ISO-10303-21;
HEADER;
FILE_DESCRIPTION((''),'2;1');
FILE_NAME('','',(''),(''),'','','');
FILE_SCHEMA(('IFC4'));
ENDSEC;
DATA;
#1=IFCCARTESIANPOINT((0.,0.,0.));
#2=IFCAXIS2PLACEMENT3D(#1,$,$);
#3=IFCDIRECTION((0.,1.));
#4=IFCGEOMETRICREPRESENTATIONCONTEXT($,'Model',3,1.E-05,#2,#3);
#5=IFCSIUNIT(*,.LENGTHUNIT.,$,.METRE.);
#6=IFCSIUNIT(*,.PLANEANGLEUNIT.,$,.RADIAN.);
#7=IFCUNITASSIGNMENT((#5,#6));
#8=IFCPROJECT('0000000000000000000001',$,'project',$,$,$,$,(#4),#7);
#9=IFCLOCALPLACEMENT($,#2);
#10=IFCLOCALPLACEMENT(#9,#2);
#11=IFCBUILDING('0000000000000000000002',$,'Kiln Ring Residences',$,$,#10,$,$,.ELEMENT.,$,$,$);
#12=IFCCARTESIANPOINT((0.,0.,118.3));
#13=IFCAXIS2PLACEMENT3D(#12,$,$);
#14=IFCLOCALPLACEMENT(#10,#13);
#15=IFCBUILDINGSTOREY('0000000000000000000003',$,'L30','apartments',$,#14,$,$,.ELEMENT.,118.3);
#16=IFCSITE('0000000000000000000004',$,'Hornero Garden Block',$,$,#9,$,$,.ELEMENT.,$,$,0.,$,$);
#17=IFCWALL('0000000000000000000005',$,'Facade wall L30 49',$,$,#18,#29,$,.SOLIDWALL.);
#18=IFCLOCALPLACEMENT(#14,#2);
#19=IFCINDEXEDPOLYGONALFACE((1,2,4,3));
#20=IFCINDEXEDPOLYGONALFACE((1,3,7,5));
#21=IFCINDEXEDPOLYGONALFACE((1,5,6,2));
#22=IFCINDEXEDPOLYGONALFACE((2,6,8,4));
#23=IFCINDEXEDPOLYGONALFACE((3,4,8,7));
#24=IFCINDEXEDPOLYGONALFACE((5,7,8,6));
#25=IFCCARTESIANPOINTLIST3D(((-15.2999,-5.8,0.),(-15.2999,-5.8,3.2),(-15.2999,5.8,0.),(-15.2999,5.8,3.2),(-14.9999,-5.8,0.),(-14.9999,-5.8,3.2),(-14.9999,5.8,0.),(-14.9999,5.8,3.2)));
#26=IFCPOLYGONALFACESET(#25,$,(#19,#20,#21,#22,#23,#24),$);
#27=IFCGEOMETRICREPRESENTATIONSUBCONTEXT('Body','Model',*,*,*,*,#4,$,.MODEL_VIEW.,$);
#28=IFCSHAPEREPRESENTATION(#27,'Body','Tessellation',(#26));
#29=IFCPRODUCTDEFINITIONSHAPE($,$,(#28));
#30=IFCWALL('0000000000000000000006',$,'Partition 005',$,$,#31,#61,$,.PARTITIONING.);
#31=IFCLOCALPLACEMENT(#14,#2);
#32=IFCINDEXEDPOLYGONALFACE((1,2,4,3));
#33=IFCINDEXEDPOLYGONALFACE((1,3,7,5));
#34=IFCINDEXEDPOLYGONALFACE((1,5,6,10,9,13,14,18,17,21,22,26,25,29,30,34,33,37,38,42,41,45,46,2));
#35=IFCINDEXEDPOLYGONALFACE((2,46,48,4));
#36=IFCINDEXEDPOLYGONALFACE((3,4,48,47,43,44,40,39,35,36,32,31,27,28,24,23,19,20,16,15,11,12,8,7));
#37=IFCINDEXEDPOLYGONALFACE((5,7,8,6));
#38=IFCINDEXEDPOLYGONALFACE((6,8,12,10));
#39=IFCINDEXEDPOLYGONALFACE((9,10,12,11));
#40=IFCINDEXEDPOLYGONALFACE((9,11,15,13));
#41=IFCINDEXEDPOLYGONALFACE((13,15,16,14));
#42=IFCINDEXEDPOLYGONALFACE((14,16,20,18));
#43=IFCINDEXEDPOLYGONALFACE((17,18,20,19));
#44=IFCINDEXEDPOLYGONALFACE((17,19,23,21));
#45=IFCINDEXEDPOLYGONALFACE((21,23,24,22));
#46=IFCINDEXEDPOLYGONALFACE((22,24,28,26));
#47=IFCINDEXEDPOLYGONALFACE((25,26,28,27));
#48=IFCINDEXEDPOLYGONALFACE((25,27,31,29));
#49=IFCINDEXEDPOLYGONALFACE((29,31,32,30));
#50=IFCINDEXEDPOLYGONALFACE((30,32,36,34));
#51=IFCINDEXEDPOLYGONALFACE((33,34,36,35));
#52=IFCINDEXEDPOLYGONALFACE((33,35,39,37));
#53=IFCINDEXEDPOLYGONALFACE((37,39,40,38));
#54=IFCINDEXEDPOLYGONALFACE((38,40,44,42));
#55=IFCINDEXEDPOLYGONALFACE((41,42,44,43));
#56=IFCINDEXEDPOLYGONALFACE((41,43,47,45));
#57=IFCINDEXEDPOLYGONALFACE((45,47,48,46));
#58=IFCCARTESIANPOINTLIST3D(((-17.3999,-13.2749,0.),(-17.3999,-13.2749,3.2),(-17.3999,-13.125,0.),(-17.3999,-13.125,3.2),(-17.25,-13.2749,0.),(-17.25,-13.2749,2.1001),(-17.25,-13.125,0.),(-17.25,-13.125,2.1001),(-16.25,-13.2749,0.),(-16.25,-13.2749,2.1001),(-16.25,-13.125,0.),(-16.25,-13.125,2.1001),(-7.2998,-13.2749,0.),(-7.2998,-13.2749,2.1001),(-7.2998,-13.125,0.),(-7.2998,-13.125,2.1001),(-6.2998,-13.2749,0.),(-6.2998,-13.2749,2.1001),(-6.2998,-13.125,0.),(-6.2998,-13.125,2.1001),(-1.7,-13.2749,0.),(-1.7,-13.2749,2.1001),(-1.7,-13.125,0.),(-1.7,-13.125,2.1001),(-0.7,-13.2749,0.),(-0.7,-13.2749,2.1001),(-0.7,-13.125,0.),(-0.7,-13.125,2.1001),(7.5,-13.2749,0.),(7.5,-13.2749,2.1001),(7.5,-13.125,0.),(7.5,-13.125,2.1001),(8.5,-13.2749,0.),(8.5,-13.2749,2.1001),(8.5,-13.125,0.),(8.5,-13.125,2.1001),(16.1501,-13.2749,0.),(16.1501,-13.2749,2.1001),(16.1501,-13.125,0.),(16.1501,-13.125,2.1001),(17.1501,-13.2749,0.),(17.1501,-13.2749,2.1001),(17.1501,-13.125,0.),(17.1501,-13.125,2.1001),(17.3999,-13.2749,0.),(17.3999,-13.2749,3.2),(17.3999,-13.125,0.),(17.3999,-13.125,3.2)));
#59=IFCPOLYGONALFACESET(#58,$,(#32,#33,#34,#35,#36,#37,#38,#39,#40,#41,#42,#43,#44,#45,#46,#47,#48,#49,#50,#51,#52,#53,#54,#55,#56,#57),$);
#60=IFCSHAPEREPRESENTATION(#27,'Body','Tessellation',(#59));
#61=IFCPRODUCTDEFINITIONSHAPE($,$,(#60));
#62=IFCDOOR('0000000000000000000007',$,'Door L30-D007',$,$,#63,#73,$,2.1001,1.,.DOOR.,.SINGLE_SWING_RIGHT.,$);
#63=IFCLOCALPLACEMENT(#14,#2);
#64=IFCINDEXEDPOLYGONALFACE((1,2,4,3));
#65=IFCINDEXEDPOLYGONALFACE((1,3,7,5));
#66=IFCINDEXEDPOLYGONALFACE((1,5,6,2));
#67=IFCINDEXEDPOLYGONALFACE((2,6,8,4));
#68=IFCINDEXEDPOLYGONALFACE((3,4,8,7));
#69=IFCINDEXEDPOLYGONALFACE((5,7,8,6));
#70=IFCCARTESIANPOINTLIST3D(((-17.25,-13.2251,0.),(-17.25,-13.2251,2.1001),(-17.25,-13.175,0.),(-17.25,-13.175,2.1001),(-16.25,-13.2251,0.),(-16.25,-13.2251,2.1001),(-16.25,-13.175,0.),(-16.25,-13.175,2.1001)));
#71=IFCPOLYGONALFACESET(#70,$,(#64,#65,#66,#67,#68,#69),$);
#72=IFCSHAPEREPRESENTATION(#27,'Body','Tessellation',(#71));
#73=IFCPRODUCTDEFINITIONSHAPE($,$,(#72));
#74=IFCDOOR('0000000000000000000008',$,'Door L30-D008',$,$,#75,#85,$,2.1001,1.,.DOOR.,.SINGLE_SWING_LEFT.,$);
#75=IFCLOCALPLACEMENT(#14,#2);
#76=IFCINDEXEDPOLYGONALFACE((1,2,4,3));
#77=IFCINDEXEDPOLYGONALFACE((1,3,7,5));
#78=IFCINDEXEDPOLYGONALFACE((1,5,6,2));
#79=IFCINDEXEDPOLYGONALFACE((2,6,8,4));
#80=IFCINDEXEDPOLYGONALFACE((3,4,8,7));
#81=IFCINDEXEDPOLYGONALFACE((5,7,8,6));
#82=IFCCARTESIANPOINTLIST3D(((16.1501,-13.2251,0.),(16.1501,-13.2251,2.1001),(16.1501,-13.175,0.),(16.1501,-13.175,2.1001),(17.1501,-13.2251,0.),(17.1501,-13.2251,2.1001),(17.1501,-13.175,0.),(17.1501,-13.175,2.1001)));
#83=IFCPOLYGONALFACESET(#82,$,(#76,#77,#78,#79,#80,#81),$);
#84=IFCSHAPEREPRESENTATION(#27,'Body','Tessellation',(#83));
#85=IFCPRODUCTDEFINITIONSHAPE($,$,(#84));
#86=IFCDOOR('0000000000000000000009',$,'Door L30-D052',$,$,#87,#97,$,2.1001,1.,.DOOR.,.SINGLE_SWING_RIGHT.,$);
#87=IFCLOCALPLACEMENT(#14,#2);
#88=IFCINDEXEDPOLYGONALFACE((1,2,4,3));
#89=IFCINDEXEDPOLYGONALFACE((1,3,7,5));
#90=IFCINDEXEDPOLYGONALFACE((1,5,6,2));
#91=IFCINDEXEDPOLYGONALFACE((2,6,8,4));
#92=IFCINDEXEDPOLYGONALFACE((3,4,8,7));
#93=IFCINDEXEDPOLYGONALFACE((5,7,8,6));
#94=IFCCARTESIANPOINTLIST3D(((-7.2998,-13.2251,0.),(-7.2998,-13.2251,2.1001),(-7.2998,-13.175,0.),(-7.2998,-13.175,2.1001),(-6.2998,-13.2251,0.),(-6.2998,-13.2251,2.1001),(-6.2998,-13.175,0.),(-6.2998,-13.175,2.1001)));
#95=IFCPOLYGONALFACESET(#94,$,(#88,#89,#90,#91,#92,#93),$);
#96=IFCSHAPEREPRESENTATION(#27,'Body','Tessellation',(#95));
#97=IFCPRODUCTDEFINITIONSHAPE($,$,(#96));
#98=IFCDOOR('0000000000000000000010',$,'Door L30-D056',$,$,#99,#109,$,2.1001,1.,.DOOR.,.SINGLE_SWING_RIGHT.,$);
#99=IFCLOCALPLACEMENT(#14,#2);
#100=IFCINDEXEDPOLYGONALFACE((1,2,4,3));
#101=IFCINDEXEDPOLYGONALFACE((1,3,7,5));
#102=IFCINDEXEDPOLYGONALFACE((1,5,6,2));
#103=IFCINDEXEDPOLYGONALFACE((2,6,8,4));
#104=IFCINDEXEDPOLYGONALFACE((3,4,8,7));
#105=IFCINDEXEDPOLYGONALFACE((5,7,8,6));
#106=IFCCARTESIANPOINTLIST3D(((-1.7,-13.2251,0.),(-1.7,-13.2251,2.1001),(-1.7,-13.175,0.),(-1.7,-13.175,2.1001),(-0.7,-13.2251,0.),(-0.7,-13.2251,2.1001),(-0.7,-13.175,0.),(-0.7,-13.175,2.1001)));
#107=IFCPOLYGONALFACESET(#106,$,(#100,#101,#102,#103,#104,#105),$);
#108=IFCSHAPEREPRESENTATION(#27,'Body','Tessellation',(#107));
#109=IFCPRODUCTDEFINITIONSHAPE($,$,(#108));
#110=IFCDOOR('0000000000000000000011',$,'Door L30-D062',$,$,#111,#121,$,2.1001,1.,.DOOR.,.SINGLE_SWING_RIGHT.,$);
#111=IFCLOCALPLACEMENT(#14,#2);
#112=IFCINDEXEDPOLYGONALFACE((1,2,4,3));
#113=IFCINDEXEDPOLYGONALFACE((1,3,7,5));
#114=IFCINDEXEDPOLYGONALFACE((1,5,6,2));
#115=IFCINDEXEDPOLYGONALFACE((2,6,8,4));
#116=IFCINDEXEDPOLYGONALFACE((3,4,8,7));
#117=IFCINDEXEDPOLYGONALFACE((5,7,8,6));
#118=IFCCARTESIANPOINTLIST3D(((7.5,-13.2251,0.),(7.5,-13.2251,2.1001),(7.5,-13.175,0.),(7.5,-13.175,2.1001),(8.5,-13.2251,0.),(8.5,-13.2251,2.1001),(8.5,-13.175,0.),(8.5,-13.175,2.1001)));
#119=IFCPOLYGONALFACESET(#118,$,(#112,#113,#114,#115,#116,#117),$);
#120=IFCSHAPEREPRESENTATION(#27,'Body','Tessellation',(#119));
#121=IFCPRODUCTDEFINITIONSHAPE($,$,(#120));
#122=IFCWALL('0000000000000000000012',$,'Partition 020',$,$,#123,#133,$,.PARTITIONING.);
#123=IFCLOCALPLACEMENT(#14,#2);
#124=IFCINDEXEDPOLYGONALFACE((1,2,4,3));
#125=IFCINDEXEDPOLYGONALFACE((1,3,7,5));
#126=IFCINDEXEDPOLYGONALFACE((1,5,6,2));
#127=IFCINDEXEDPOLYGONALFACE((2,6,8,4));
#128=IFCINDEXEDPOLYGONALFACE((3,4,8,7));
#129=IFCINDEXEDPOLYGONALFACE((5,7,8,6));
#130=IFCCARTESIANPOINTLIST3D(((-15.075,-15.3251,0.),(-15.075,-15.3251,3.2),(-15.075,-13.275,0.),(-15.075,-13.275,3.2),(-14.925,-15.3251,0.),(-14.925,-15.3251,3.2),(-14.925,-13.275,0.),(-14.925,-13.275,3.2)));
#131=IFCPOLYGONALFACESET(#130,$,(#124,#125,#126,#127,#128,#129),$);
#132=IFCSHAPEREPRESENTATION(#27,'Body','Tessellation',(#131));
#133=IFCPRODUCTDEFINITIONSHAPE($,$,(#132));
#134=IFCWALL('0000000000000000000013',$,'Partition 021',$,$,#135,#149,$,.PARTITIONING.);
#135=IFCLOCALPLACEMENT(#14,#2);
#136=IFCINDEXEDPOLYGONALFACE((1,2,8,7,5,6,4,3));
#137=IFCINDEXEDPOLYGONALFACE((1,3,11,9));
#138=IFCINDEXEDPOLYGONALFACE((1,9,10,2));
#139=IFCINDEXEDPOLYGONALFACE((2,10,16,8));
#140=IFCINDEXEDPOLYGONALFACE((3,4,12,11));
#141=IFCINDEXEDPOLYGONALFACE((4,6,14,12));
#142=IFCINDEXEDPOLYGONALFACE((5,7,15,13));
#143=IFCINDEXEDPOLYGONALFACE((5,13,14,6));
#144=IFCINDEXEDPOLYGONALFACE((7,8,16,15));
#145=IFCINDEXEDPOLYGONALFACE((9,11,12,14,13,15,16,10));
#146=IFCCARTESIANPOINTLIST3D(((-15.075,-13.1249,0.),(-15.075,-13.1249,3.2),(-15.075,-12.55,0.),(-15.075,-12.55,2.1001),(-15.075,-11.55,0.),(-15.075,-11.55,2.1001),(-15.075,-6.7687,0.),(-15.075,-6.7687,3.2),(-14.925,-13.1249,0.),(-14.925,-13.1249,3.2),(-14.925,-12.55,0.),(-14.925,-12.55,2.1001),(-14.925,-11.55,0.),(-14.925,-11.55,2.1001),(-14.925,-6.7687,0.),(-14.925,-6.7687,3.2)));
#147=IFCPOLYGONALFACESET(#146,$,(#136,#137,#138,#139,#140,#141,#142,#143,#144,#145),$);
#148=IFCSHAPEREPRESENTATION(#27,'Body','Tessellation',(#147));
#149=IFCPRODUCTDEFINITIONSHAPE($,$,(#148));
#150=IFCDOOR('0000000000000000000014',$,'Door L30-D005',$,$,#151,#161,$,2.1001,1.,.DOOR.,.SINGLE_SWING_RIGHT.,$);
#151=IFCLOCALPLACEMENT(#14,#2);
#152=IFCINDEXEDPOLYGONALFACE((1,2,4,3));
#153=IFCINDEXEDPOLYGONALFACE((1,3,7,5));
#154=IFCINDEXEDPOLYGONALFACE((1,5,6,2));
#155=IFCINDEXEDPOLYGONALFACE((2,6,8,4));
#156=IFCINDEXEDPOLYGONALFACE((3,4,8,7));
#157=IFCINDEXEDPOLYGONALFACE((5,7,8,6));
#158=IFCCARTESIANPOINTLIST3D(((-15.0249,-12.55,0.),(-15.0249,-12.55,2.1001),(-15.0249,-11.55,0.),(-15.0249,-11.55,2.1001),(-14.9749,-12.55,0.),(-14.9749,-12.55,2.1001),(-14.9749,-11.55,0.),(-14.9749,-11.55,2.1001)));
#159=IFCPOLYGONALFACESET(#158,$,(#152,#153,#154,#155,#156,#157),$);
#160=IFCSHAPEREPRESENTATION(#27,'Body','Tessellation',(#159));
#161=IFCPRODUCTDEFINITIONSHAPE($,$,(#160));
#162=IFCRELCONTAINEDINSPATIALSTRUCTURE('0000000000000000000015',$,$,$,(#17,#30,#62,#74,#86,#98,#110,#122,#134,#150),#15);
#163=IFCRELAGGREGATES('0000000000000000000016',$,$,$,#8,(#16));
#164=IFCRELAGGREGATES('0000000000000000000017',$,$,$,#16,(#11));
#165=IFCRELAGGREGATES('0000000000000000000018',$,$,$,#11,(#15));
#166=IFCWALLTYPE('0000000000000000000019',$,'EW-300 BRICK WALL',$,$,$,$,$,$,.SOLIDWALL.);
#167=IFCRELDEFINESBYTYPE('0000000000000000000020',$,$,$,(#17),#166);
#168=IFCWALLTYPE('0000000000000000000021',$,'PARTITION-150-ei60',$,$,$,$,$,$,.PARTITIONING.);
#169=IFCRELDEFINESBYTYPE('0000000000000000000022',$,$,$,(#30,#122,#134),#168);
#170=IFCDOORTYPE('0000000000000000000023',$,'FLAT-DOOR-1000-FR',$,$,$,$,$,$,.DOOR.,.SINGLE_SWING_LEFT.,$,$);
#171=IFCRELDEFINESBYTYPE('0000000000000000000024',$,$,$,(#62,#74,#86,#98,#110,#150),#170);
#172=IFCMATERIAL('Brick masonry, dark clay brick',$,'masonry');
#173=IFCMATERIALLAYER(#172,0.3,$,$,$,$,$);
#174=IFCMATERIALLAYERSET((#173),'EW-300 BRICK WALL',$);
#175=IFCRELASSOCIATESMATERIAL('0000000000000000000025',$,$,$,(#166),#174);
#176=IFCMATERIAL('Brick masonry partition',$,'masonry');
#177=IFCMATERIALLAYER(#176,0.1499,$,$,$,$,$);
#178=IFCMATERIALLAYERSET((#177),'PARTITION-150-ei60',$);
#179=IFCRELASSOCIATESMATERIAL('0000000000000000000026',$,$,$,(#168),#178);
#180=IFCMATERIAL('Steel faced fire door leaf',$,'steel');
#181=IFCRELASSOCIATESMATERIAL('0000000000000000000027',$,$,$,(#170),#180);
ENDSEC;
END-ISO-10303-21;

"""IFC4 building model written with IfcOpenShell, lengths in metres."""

from ifc_helpers import new_model, si_unit, direction, frame, frame_2d, origin, place, context, subcontext, project, spatial, rectangle, extrude, material, layer, layer_set, type_object, element, fill, save


model = new_model("IFC4")

# Units and contexts
model_context = context("Model", 3, precision=1e-05, world=origin(), true_north=direction((0.0, 1.0)))
body_context = subcontext(model_context, "Body", "Model", "MODEL_VIEW")
ifc_project = project(units=[si_unit("LENGTHUNIT", "METRE"), si_unit("PLANEANGLEUNIT", "RADIAN")], contexts=[model_context])

# Site, building, storey
site_placement = place(None, origin())
site = spatial("IfcSite", under=ifc_project, at=site_placement, Name="Hornero Garden Block", CompositionType="ELEMENT", RefElevation=0.0)
building_placement = place(site_placement, origin())
building = spatial("IfcBuilding", under=site, at=building_placement, Name="Kiln Ring Residences", CompositionType="ELEMENT")
storey_placement = place(building_placement, frame((0.0, 0.0, 118.3)))
storey = spatial("IfcBuildingStorey", under=building, at=storey_placement, Name="L30", Description="apartments", CompositionType="ELEMENT", Elevation=118.3)

# Wall
ifc_material_1 = material(Name="Brick masonry, dark clay brick", Category="masonry")
ifc_layer_1 = layer(ifc_material_1, 0.3)
ifc_layer_set_1 = layer_set([ifc_layer_1], Name="EW-300 BRICK WALL")
wall_type_1 = type_object("IfcWallType", Name="EW-300 BRICK WALL", PredefinedType="SOLIDWALL", material=ifc_layer_set_1)
wall_1_placement = place(storey_placement, frame((-15.1499, -5.8, 0.0), z_axis=(0.0, 0.0, 1.0), x_axis=(0.0, 1.0, 0.0)))
element("IfcWall", 1, at=wall_1_placement, inside=storey, type_object=wall_type_1, Name="Facade wall L30 49", PredefinedType="SOLIDWALL", context=body_context, shape_type="SweptSolid", body=[
    extrude(rectangle(XDim=11.6001, YDim=0.3, at=frame_2d((5.8, 0.0))), origin(), (0.0, 0.0, 1.0), 3.2),
])

# Wall, openings, doors
ifc_material_2 = material(Name="Brick masonry partition", Category="masonry")
ifc_layer_2 = layer(ifc_material_2, 0.1499)
ifc_layer_set_2 = layer_set([ifc_layer_2], Name="PARTITION-150-ei60")
wall_type_2 = type_object("IfcWallType", Name="PARTITION-150-ei60", PredefinedType="PARTITIONING", material=ifc_layer_set_2)
wall_2_placement = place(storey_placement, frame((-17.3999, -13.2, 0.0), z_axis=(0.0, 0.0, 1.0), x_axis=(1.0, 0.0, 0.0)))
wall_2 = element("IfcWall", 2, at=wall_2_placement, inside=storey, type_object=wall_type_2, Name="Partition 005", PredefinedType="PARTITIONING", context=body_context, shape_type="SweptSolid", body=[
    extrude(rectangle(XDim=34.7998, YDim=0.1499, at=frame_2d((17.3999, 0.0))), origin(), (0.0, 0.0, 1.0), 3.2),
])
opening_1_placement = place(wall_2_placement, frame((0.1499, 0.0, 0.0)))
opening_1 = element("IfcOpeningElement", 3, at=opening_1_placement, cuts=wall_2, PredefinedType="OPENING", context=body_context, shape_type="SweptSolid", body=[
    extrude(rectangle(XDim=1.0, YDim=2.1001, at=frame_2d((0.5, 1.05))), frame((0.0, 0.085, 0.0), z_axis=(0.0, -1.0, 0.0), x_axis=(1.0, 0.0, 0.0)), (0.0, 0.0, 1.0), 0.1699),
])
opening_2_placement = place(wall_2_placement, frame((33.55, 0.0, 0.0)))
opening_2 = element("IfcOpeningElement", 4, at=opening_2_placement, cuts=wall_2, PredefinedType="OPENING", context=body_context, shape_type="SweptSolid", body=[
    extrude(rectangle(XDim=1.0, YDim=2.1001, at=frame_2d((0.5, 1.05))), frame((0.0, 0.085, 0.0), z_axis=(0.0, -1.0, 0.0), x_axis=(1.0, 0.0, 0.0)), (0.0, 0.0, 1.0), 0.1699),
])
opening_3_placement = place(wall_2_placement, frame((10.1001, 0.0, 0.0)))
opening_3 = element("IfcOpeningElement", 5, at=opening_3_placement, cuts=wall_2, PredefinedType="OPENING", context=body_context, shape_type="SweptSolid", body=[
    extrude(rectangle(XDim=1.0, YDim=2.1001, at=frame_2d((0.5, 1.05))), frame((0.0, 0.085, 0.0), z_axis=(0.0, -1.0, 0.0), x_axis=(1.0, 0.0, 0.0)), (0.0, 0.0, 1.0), 0.1699),
])
opening_4_placement = place(wall_2_placement, frame((15.7, 0.0, 0.0)))
opening_4 = element("IfcOpeningElement", 6, at=opening_4_placement, cuts=wall_2, PredefinedType="OPENING", context=body_context, shape_type="SweptSolid", body=[
    extrude(rectangle(XDim=1.0, YDim=2.1001, at=frame_2d((0.5, 1.05))), frame((0.0, 0.085, 0.0), z_axis=(0.0, -1.0, 0.0), x_axis=(1.0, 0.0, 0.0)), (0.0, 0.0, 1.0), 0.1699),
])
opening_5_placement = place(wall_2_placement, frame((24.8999, 0.0, 0.0)))
opening_5 = element("IfcOpeningElement", 7, at=opening_5_placement, cuts=wall_2, PredefinedType="OPENING", context=body_context, shape_type="SweptSolid", body=[
    extrude(rectangle(XDim=1.0, YDim=2.1001, at=frame_2d((0.5, 1.05))), frame((0.0, 0.085, 0.0), z_axis=(0.0, -1.0, 0.0), x_axis=(1.0, 0.0, 0.0)), (0.0, 0.0, 1.0), 0.1699),
])
ifc_material_3 = material(Name="Steel faced fire door leaf", Category="steel")
door_type_1 = type_object("IfcDoorType", Name="FLAT-DOOR-1000-FR", OperationType="SINGLE_SWING_LEFT", PredefinedType="DOOR", material=ifc_material_3)
door_1_placement = place(opening_1_placement, origin())
door_1 = element("IfcDoor", 8, at=door_1_placement, inside=storey, type_object=door_type_1, Name="Door L30-D007", OperationType="SINGLE_SWING_RIGHT", OverallHeight=2.1001, OverallWidth=1.0, PredefinedType="DOOR", context=body_context, shape_type="SweptSolid", body=[
    extrude(rectangle(XDim=1.0, YDim=2.1001, at=frame_2d((0.5, 1.05))), frame((0.0, 0.0249, 0.0), z_axis=(0.0, -1.0, 0.0), x_axis=(1.0, 0.0, 0.0)), (0.0, 0.0, 1.0), 0.05),
])
fill(opening_1, door_1)
door_2_placement = place(opening_2_placement, origin())
door_2 = element("IfcDoor", 9, at=door_2_placement, inside=storey, type_object=door_type_1, Name="Door L30-D008", OperationType="SINGLE_SWING_LEFT", OverallHeight=2.1001, OverallWidth=1.0, PredefinedType="DOOR", context=body_context, shape_type="SweptSolid", body=[
    extrude(rectangle(XDim=1.0, YDim=2.1001, at=frame_2d((0.5, 1.05))), frame((0.0, 0.0249, 0.0), z_axis=(0.0, -1.0, 0.0), x_axis=(1.0, 0.0, 0.0)), (0.0, 0.0, 1.0), 0.05),
])
fill(opening_2, door_2)
door_3_placement = place(opening_3_placement, origin())
door_3 = element("IfcDoor", 10, at=door_3_placement, inside=storey, type_object=door_type_1, Name="Door L30-D052", OperationType="SINGLE_SWING_RIGHT", OverallHeight=2.1001, OverallWidth=1.0, PredefinedType="DOOR", context=body_context, shape_type="SweptSolid", body=[
    extrude(rectangle(XDim=1.0, YDim=2.1001, at=frame_2d((0.5, 1.05))), frame((0.0, 0.0249, 0.0), z_axis=(0.0, -1.0, 0.0), x_axis=(1.0, 0.0, 0.0)), (0.0, 0.0, 1.0), 0.05),
])
fill(opening_3, door_3)
door_4_placement = place(opening_4_placement, origin())
door_4 = element("IfcDoor", 11, at=door_4_placement, inside=storey, type_object=door_type_1, Name="Door L30-D056", OperationType="SINGLE_SWING_RIGHT", OverallHeight=2.1001, OverallWidth=1.0, PredefinedType="DOOR", context=body_context, shape_type="SweptSolid", body=[
    extrude(rectangle(XDim=1.0, YDim=2.1001, at=frame_2d((0.5, 1.05))), frame((0.0, 0.0249, 0.0), z_axis=(0.0, -1.0, 0.0), x_axis=(1.0, 0.0, 0.0)), (0.0, 0.0, 1.0), 0.05),
])
fill(opening_4, door_4)
door_5_placement = place(opening_5_placement, origin())
door_5 = element("IfcDoor", 12, at=door_5_placement, inside=storey, type_object=door_type_1, Name="Door L30-D062", OperationType="SINGLE_SWING_RIGHT", OverallHeight=2.1001, OverallWidth=1.0, PredefinedType="DOOR", context=body_context, shape_type="SweptSolid", body=[
    extrude(rectangle(XDim=1.0, YDim=2.1001, at=frame_2d((0.5, 1.05))), frame((0.0, 0.0249, 0.0), z_axis=(0.0, -1.0, 0.0), x_axis=(1.0, 0.0, 0.0)), (0.0, 0.0, 1.0), 0.05),
])
fill(opening_5, door_5)

# Wall
wall_3_placement = place(storey_placement, frame((-15.0, -15.325, 0.0), z_axis=(0.0, 0.0, 1.0), x_axis=(0.0, 1.0, 0.0)))
element("IfcWall", 13, at=wall_3_placement, inside=storey, type_object=wall_type_2, Name="Partition 020", PredefinedType="PARTITIONING", context=body_context, shape_type="SweptSolid", body=[
    extrude(rectangle(XDim=2.05, YDim=0.1499, at=frame_2d((1.0249, 0.0))), origin(), (0.0, 0.0, 1.0), 3.2),
])

# Wall, opening, door
wall_4_placement = place(storey_placement, frame((-15.0, -13.125, 0.0), z_axis=(0.0, 0.0, 1.0), x_axis=(0.0, 1.0, 0.0)))
wall_4 = element("IfcWall", 14, at=wall_4_placement, inside=storey, type_object=wall_type_2, Name="Partition 021", PredefinedType="PARTITIONING", context=body_context, shape_type="SweptSolid", body=[
    extrude(rectangle(XDim=6.3562, YDim=0.1499, at=frame_2d((3.1782, 0.0))), origin(), (0.0, 0.0, 1.0), 3.2),
])
opening_6_placement = place(wall_4_placement, frame((0.575, 0.0, 0.0)))
opening_6 = element("IfcOpeningElement", 15, at=opening_6_placement, cuts=wall_4, PredefinedType="OPENING", context=body_context, shape_type="SweptSolid", body=[
    extrude(rectangle(XDim=1.0, YDim=2.1001, at=frame_2d((0.5, 1.05))), frame((0.0, 0.085, 0.0), z_axis=(0.0, -1.0, 0.0), x_axis=(1.0, 0.0, 0.0)), (0.0, 0.0, 1.0), 0.1699),
])
door_6_placement = place(opening_6_placement, origin())
door_6 = element("IfcDoor", 16, at=door_6_placement, inside=storey, type_object=door_type_1, Name="Door L30-D005", OperationType="SINGLE_SWING_RIGHT", OverallHeight=2.1001, OverallWidth=1.0, PredefinedType="DOOR", context=body_context, shape_type="SweptSolid", body=[
    extrude(rectangle(XDim=1.0, YDim=2.1001, at=frame_2d((0.5, 1.05))), frame((0.0, 0.0249, 0.0), z_axis=(0.0, -1.0, 0.0), x_axis=(1.0, 0.0, 0.0)), (0.0, 0.0, 1.0), 0.05),
])
fill(opening_6, door_6)

save(model, "model.ifc")
